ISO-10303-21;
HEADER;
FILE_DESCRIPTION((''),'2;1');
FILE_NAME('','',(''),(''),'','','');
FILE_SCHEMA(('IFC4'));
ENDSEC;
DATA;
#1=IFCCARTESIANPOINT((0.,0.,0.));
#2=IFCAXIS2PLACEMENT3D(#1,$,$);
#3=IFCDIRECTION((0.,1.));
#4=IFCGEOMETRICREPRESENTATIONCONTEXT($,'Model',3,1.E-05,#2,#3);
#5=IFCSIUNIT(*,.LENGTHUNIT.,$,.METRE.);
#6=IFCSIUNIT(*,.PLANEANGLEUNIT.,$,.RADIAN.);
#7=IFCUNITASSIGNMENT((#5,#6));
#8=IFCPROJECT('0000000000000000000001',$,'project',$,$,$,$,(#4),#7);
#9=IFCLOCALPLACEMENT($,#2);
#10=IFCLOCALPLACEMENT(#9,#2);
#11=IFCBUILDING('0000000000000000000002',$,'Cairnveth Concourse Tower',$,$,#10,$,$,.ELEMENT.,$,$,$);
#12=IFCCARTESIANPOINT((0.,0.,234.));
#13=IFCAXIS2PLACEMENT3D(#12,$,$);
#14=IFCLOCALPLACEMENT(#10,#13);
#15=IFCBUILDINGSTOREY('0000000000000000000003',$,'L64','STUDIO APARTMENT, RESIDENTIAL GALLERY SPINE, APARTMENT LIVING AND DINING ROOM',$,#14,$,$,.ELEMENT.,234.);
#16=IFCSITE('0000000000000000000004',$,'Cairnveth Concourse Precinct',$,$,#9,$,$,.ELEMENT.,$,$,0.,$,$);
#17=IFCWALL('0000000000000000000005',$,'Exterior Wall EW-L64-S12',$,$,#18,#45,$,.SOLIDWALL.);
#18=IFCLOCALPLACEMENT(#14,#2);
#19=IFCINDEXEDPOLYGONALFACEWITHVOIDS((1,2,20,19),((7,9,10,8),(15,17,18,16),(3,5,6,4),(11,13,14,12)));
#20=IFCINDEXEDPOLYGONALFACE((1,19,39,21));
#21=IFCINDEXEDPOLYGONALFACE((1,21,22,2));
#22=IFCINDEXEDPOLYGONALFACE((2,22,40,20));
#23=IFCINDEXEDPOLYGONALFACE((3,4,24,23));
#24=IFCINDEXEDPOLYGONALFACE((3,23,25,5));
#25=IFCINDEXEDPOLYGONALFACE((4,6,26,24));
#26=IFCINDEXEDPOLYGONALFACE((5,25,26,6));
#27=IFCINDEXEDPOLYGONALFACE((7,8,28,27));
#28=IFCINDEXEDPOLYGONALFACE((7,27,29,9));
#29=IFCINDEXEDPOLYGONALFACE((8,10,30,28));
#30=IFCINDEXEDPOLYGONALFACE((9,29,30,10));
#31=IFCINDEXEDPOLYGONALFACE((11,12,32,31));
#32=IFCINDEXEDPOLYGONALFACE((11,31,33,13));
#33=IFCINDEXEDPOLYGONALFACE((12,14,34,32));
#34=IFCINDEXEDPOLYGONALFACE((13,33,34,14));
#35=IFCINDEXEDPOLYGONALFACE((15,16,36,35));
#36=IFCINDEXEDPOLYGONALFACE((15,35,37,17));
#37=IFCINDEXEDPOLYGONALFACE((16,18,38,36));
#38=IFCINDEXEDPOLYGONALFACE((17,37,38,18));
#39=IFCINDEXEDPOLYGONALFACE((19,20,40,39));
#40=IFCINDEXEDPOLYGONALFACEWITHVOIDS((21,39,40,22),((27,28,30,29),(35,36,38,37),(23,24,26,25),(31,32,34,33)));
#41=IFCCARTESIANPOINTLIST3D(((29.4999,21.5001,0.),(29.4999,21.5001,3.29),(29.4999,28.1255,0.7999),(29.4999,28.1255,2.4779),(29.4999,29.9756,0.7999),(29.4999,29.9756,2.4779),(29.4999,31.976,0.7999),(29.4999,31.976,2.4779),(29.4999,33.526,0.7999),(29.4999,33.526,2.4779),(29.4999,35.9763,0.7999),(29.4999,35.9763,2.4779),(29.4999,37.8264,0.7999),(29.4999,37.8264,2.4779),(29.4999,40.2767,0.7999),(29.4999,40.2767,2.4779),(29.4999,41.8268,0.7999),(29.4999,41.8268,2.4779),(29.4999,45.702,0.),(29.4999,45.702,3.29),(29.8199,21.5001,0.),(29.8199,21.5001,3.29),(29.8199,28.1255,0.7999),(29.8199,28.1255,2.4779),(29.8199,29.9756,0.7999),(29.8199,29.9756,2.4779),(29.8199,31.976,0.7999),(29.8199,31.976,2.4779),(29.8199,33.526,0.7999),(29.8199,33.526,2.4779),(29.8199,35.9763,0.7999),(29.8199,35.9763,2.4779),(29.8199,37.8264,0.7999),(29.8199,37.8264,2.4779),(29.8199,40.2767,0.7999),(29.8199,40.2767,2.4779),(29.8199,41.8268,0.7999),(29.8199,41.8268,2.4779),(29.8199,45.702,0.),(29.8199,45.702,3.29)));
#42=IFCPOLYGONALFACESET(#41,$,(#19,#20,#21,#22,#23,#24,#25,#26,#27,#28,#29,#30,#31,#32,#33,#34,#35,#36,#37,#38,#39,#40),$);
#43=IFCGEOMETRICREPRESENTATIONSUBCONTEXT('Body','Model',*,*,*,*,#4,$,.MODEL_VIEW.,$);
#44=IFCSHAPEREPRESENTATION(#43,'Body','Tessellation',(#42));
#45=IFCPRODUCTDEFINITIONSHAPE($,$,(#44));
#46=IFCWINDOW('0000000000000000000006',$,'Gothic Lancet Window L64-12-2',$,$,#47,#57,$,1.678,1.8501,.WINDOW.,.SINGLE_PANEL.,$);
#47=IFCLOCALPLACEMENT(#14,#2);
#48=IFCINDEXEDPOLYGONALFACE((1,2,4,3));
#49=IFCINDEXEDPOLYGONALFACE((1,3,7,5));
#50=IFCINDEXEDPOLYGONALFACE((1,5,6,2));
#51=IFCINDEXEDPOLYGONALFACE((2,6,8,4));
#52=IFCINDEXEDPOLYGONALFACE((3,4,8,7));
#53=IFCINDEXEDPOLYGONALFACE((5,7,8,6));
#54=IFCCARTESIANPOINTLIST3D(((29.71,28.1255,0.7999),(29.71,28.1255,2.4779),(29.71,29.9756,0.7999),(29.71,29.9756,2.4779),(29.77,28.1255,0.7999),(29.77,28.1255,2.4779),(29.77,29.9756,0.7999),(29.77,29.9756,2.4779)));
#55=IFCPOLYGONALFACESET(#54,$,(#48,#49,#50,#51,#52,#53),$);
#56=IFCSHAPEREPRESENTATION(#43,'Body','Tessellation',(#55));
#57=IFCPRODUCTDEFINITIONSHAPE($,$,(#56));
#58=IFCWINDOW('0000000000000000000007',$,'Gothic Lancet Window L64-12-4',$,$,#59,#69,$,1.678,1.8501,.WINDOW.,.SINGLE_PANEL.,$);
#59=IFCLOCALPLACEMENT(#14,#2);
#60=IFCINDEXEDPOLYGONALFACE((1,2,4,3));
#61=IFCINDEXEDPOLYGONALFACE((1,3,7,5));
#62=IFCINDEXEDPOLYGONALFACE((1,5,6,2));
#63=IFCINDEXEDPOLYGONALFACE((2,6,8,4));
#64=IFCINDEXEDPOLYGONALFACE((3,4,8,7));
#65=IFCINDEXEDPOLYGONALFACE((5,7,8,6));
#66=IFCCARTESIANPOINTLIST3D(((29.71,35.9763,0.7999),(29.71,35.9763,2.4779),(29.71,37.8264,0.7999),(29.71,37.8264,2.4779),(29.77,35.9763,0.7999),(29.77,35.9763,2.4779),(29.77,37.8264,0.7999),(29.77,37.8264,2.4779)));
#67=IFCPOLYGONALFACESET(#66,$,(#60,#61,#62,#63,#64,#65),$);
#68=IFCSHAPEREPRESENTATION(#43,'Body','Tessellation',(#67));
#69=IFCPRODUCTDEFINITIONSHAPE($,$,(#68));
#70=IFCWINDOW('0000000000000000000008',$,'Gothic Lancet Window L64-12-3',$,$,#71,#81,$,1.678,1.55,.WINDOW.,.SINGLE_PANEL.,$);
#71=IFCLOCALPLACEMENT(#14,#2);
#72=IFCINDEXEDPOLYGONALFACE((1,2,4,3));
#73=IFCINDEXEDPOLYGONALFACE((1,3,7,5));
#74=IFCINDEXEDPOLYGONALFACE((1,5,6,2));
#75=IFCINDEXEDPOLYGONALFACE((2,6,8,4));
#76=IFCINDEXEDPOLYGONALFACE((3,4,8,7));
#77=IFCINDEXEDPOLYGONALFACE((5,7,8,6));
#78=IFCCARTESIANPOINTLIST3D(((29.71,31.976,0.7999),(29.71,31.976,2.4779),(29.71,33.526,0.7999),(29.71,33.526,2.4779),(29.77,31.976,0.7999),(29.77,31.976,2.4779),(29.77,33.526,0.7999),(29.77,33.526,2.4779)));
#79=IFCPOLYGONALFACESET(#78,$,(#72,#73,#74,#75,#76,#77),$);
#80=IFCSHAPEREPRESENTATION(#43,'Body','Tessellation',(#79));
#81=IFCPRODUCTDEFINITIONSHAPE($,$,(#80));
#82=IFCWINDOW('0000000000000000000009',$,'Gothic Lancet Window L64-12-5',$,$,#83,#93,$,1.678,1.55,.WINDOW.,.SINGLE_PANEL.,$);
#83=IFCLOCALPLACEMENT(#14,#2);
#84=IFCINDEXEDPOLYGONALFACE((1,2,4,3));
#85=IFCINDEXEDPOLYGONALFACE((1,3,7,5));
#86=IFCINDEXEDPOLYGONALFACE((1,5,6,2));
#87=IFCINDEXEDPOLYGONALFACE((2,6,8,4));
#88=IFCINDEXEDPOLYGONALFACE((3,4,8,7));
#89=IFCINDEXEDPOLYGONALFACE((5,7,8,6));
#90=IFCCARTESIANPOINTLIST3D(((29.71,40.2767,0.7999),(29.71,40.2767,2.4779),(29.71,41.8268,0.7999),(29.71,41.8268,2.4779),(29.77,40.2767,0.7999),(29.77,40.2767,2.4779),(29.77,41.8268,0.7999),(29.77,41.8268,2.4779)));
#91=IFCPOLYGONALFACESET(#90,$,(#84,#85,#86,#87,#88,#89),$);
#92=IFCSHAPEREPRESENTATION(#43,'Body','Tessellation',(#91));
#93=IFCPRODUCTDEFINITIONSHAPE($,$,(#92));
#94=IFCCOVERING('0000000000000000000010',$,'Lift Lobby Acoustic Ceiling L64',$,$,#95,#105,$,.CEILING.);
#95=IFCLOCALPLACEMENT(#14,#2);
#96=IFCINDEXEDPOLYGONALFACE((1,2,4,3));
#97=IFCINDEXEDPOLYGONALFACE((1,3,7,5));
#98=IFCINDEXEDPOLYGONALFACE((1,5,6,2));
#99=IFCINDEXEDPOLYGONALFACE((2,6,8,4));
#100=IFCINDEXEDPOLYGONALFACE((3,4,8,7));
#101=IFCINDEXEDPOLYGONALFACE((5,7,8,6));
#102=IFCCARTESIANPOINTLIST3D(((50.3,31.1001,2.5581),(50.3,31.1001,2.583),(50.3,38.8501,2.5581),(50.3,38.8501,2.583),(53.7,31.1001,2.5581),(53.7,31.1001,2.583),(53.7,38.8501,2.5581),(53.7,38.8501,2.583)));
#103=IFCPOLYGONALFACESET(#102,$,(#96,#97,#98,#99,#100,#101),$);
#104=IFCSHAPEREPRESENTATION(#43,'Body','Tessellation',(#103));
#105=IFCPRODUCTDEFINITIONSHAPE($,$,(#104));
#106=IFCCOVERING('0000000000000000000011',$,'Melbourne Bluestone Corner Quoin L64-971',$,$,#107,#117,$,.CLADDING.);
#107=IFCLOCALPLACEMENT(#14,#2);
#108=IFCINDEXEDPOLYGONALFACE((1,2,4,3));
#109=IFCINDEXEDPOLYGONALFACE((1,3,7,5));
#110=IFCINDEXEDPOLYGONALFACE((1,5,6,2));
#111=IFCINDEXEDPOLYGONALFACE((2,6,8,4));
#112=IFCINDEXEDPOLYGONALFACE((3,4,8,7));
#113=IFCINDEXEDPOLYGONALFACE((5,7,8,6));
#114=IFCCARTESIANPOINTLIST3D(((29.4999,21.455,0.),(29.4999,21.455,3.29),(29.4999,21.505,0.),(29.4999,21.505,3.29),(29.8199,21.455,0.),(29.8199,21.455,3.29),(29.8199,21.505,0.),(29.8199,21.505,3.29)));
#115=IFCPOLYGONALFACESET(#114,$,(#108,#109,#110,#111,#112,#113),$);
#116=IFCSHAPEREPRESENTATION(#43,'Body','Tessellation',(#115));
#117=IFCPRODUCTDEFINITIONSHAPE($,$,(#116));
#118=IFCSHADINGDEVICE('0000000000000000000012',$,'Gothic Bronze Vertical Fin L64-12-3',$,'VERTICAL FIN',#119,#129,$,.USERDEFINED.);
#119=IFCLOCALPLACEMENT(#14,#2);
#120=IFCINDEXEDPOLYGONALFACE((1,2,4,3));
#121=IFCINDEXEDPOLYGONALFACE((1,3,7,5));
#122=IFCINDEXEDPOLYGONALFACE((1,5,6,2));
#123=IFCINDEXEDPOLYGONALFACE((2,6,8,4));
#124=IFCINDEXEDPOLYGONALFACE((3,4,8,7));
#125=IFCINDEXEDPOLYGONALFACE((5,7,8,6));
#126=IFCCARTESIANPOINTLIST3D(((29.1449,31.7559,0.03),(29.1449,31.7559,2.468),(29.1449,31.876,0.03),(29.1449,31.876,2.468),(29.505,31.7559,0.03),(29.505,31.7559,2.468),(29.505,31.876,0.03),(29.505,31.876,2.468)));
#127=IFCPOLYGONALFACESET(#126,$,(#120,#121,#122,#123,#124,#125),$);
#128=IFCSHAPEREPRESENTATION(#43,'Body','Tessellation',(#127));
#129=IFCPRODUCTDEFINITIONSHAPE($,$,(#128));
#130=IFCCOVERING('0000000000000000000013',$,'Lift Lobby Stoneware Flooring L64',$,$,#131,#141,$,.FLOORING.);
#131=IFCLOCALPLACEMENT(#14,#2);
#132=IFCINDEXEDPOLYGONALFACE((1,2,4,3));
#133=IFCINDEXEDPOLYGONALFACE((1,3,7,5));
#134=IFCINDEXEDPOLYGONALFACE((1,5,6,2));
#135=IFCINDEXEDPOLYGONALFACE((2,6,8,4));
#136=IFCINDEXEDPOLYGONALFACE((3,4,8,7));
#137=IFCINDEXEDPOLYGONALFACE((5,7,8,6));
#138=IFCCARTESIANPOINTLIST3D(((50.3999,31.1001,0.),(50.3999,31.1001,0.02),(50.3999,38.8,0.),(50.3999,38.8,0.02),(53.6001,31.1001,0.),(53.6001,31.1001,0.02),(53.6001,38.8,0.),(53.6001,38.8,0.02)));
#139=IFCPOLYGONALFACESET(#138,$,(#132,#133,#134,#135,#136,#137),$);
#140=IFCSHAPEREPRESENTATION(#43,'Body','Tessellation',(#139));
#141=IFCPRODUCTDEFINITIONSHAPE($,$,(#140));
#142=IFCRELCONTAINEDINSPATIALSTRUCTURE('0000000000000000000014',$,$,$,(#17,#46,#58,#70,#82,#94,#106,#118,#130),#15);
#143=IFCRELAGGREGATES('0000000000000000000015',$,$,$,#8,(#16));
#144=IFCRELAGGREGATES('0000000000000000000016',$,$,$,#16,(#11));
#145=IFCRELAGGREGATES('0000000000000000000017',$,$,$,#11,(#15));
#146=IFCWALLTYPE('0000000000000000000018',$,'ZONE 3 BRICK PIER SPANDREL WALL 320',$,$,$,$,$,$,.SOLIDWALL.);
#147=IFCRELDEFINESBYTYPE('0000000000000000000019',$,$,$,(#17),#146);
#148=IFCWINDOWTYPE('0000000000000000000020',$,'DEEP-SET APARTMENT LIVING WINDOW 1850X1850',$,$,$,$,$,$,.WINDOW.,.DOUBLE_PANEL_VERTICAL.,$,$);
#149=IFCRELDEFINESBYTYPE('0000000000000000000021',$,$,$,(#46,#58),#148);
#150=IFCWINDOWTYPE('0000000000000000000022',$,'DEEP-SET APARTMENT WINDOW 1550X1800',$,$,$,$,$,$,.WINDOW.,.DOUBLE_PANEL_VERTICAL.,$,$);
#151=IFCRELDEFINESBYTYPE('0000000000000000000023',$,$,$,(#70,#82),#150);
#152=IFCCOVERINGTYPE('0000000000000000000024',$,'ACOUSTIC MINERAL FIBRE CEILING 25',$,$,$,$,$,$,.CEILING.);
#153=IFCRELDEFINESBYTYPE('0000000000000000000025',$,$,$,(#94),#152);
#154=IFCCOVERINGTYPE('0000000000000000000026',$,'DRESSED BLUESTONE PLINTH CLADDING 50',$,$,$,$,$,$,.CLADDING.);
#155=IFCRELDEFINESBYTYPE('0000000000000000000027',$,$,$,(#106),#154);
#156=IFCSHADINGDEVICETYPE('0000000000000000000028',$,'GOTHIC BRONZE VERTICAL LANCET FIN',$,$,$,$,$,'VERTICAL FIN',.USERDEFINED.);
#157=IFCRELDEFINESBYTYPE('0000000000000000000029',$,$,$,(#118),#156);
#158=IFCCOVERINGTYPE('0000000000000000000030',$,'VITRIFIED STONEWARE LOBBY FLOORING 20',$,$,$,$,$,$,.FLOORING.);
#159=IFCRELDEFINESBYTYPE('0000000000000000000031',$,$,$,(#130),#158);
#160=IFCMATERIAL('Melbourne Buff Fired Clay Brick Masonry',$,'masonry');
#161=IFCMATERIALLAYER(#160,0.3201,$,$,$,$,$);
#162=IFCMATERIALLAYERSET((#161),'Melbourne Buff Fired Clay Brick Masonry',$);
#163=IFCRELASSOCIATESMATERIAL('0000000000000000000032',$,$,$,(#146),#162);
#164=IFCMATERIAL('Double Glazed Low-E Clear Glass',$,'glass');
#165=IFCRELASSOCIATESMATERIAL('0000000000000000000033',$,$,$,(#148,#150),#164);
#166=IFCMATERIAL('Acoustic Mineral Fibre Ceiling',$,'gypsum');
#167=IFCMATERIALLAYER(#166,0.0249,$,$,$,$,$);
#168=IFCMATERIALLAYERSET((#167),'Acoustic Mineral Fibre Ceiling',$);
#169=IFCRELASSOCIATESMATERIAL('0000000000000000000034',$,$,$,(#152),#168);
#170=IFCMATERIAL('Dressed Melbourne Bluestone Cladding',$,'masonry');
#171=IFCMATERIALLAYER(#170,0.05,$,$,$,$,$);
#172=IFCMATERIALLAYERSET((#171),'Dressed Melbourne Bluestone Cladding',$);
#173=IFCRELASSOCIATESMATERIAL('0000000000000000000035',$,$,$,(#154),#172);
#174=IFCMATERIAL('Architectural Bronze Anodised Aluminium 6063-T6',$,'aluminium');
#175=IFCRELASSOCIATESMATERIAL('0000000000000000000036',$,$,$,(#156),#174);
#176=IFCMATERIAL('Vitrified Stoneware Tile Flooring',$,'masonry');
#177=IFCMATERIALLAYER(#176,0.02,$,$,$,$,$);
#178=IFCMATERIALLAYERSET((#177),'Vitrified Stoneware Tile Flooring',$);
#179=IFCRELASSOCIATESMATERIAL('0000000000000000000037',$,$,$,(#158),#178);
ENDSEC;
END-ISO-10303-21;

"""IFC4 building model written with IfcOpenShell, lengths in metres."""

from ifc_helpers import new_model, si_unit, direction, frame, frame_2d, origin, origin_2d, place, context, subcontext, project, spatial, polyline, rectangle, outline, extrude, material, layer, layer_set, type_object, element, fill, save


model = new_model("IFC4")

# Units and contexts
model_context = context("Model", 3, precision=1e-05, world=origin(), true_north=direction((0.0, 1.0)))
body_context = subcontext(model_context, "Body", "Model", "MODEL_VIEW")
ifc_project = project(units=[si_unit("LENGTHUNIT", "METRE"), si_unit("PLANEANGLEUNIT", "RADIAN")], contexts=[model_context])

# Site, building, storey
site_placement = place(None, origin())
site = spatial("IfcSite", under=ifc_project, at=site_placement, Name="Cairnveth Concourse Precinct", CompositionType="ELEMENT", RefElevation=0.0)
building_placement = place(site_placement, origin())
building = spatial("IfcBuilding", under=site, at=building_placement, Name="Cairnveth Concourse Tower", CompositionType="ELEMENT")
storey_placement = place(building_placement, frame((0.0, 0.0, 234.0)))
storey = spatial("IfcBuildingStorey", under=building, at=storey_placement, Name="L64", Description="STUDIO APARTMENT, RESIDENTIAL GALLERY SPINE, APARTMENT LIVING AND DINING ROOM", CompositionType="ELEMENT", Elevation=234.0)

# Wall, openings, windows
ifc_material_1 = material(Name="Melbourne Buff Fired Clay Brick Masonry", Category="masonry")
ifc_layer_1 = layer(ifc_material_1, 0.3201)
ifc_layer_set_1 = layer_set([ifc_layer_1], Name="Melbourne Buff Fired Clay Brick Masonry")
wall_type_1 = type_object("IfcWallType", Name="ZONE 3 BRICK PIER SPANDREL WALL 320", PredefinedType="SOLIDWALL", material=ifc_layer_set_1)
wall_1_placement = place(storey_placement, frame((29.6599, 21.5, 0.0), z_axis=(0.0, 0.0, 1.0), x_axis=(0.0, 1.0, 0.0)))
wall_1 = element("IfcWall", 1, at=wall_1_placement, inside=storey, type_object=wall_type_1, Name="Exterior Wall EW-L64-S12", PredefinedType="SOLIDWALL", context=body_context, shape_type="SweptSolid", body=[
    extrude(rectangle(XDim=24.2019, YDim=0.3201, at=frame_2d((12.1011, 0.0))), origin(), (0.0, 0.0, 1.0), 3.29),
])
opening_1_placement = place(wall_1_placement, frame((6.6255, 0.0, 0.8)))
opening_1 = element("IfcOpeningElement", 2, at=opening_1_placement, cuts=wall_1, PredefinedType="OPENING", context=body_context, shape_type="SweptSolid", body=[
    extrude(rectangle(XDim=1.8501, YDim=1.678, at=frame_2d((0.925, 0.8389))), frame((0.0, 0.1699, 0.0), z_axis=(0.0, -1.0, 0.0), x_axis=(1.0, 0.0, 0.0)), (0.0, 0.0, 1.0), 0.3401),
])
opening_2_placement = place(wall_1_placement, frame((10.4761, 0.0, 0.8)))
opening_2 = element("IfcOpeningElement", 3, at=opening_2_placement, cuts=wall_1, PredefinedType="OPENING", context=body_context, shape_type="SweptSolid", body=[
    extrude(rectangle(XDim=1.55, YDim=1.678, at=frame_2d((0.7749, 0.8389))), frame((0.0, 0.1699, 0.0), z_axis=(0.0, -1.0, 0.0), x_axis=(1.0, 0.0, 0.0)), (0.0, 0.0, 1.0), 0.3401),
])
opening_3_placement = place(wall_1_placement, frame((14.4763, 0.0, 0.8)))
opening_3 = element("IfcOpeningElement", 4, at=opening_3_placement, cuts=wall_1, PredefinedType="OPENING", context=body_context, shape_type="SweptSolid", body=[
    extrude(rectangle(XDim=1.8501, YDim=1.678, at=frame_2d((0.925, 0.8389))), frame((0.0, 0.1699, 0.0), z_axis=(0.0, -1.0, 0.0), x_axis=(1.0, 0.0, 0.0)), (0.0, 0.0, 1.0), 0.3401),
])
opening_4_placement = place(wall_1_placement, frame((18.7769, 0.0, 0.8)))
opening_4 = element("IfcOpeningElement", 5, at=opening_4_placement, cuts=wall_1, PredefinedType="OPENING", context=body_context, shape_type="SweptSolid", body=[
    extrude(rectangle(XDim=1.55, YDim=1.678, at=frame_2d((0.7749, 0.8389))), frame((0.0, 0.1699, 0.0), z_axis=(0.0, -1.0, 0.0), x_axis=(1.0, 0.0, 0.0)), (0.0, 0.0, 1.0), 0.3401),
])
ifc_material_2 = material(Name="Double Glazed Low-E Clear Glass", Category="glass")
window_type_1 = type_object("IfcWindowType", Name="DEEP-SET APARTMENT LIVING WINDOW 1850X1850", PartitioningType="DOUBLE_PANEL_VERTICAL", PredefinedType="WINDOW", material=ifc_material_2)
window_1_placement = place(opening_1_placement, origin())
window_1 = element("IfcWindow", 6, at=window_1_placement, inside=storey, type_object=window_type_1, Name="Gothic Lancet Window L64-12-2", OverallHeight=1.678, OverallWidth=1.8501, PartitioningType="SINGLE_PANEL", PredefinedType="WINDOW", context=body_context, shape_type="SweptSolid", body=[
    extrude(rectangle(XDim=1.8501, YDim=1.678, at=frame_2d((0.925, 0.8389))), frame((0.0, -0.05, 0.0), z_axis=(0.0, -1.0, 0.0), x_axis=(1.0, 0.0, 0.0)), (0.0, 0.0, 1.0), 0.0601),
])
fill(opening_1, window_1)
window_2_placement = place(opening_3_placement, origin())
window_2 = element("IfcWindow", 7, at=window_2_placement, inside=storey, type_object=window_type_1, Name="Gothic Lancet Window L64-12-4", OverallHeight=1.678, OverallWidth=1.8501, PartitioningType="SINGLE_PANEL", PredefinedType="WINDOW", context=body_context, shape_type="SweptSolid", body=[
    extrude(rectangle(XDim=1.8501, YDim=1.678, at=frame_2d((0.925, 0.8389))), frame((0.0, -0.05, 0.0), z_axis=(0.0, -1.0, 0.0), x_axis=(1.0, 0.0, 0.0)), (0.0, 0.0, 1.0), 0.0601),
])
fill(opening_3, window_2)
window_type_2 = type_object("IfcWindowType", Name="DEEP-SET APARTMENT WINDOW 1550X1800", PartitioningType="DOUBLE_PANEL_VERTICAL", PredefinedType="WINDOW", material=ifc_material_2)
window_3_placement = place(opening_2_placement, origin())
window_3 = element("IfcWindow", 8, at=window_3_placement, inside=storey, type_object=window_type_2, Name="Gothic Lancet Window L64-12-3", OverallHeight=1.678, OverallWidth=1.55, PartitioningType="SINGLE_PANEL", PredefinedType="WINDOW", context=body_context, shape_type="SweptSolid", body=[
    extrude(rectangle(XDim=1.55, YDim=1.678, at=frame_2d((0.7749, 0.8389))), frame((0.0, -0.05, 0.0), z_axis=(0.0, -1.0, 0.0), x_axis=(1.0, 0.0, 0.0)), (0.0, 0.0, 1.0), 0.0601),
])
fill(opening_2, window_3)
window_4_placement = place(opening_4_placement, origin())
window_4 = element("IfcWindow", 9, at=window_4_placement, inside=storey, type_object=window_type_2, Name="Gothic Lancet Window L64-12-5", OverallHeight=1.678, OverallWidth=1.55, PartitioningType="SINGLE_PANEL", PredefinedType="WINDOW", context=body_context, shape_type="SweptSolid", body=[
    extrude(rectangle(XDim=1.55, YDim=1.678, at=frame_2d((0.7749, 0.8389))), frame((0.0, -0.05, 0.0), z_axis=(0.0, -1.0, 0.0), x_axis=(1.0, 0.0, 0.0)), (0.0, 0.0, 1.0), 0.0601),
])
fill(opening_4, window_4)

# Coverings
ifc_material_3 = material(Name="Acoustic Mineral Fibre Ceiling", Category="gypsum")
ifc_layer_2 = layer(ifc_material_3, 0.0249)
ifc_layer_set_2 = layer_set([ifc_layer_2], Name="Acoustic Mineral Fibre Ceiling")
covering_type_1 = type_object("IfcCoveringType", Name="ACOUSTIC MINERAL FIBRE CEILING 25", PredefinedType="CEILING", material=ifc_layer_set_2)
covering_1_placement = place(storey_placement, frame((0.0, 0.0, 2.5581)))
element("IfcCovering", 10, at=covering_1_placement, inside=storey, type_object=covering_type_1, Name="Lift Lobby Acoustic Ceiling L64", PredefinedType="CEILING", context=body_context, shape_type="SweptSolid", body=[
    extrude(outline(polyline([(50.3, 31.1001), (53.7, 31.1001), (53.7, 38.8501), (50.3, 38.8501), (50.3, 31.1001)])), origin(), (0.0, 0.0, 1.0), 0.0249),
])
ifc_material_4 = material(Name="Dressed Melbourne Bluestone Cladding", Category="masonry")
ifc_layer_3 = layer(ifc_material_4, 0.05)
ifc_layer_set_3 = layer_set([ifc_layer_3], Name="Dressed Melbourne Bluestone Cladding")
covering_type_2 = type_object("IfcCoveringType", Name="DRESSED BLUESTONE PLINTH CLADDING 50", PredefinedType="CLADDING", material=ifc_layer_set_3)
covering_2_placement = place(storey_placement, frame((29.8201, 21.48, 0.0), z_axis=(0.0, 0.0, 1.0), x_axis=(-1.0, 0.0, 0.0)))
element("IfcCovering", 11, at=covering_2_placement, inside=storey, type_object=covering_type_2, Name="Melbourne Bluestone Corner Quoin L64-971", PredefinedType="CLADDING", context=body_context, shape_type="SweptSolid", body=[
    extrude(rectangle(XDim=0.3201, YDim=0.05, at=frame_2d((0.1602, 0.0))), origin(), (0.0, 0.0, 1.0), 3.29),
])

# Shading device
ifc_material_5 = material(Name="Architectural Bronze Anodised Aluminium 6063-T6", Category="aluminium")
shading_device_type = type_object("IfcShadingDeviceType", Name="GOTHIC BRONZE VERTICAL LANCET FIN", ElementType="VERTICAL FIN", PredefinedType="USERDEFINED", material=ifc_material_5)
shading_device_placement = place(storey_placement, frame((29.325, 31.8159, 0.03), z_axis=(0.0, 0.0, 1.0), x_axis=(0.0, 1.0, 0.0)))
element("IfcShadingDevice", 12, at=shading_device_placement, inside=storey, type_object=shading_device_type, Name="Gothic Bronze Vertical Fin L64-12-3", ObjectType="VERTICAL FIN", PredefinedType="USERDEFINED", context=body_context, shape_type="SweptSolid", body=[
    extrude(rectangle(XDim=0.1201, YDim=0.3601, at=origin_2d()), origin(), (0.0, 0.0, 1.0), 2.438),
])

# Covering
ifc_material_6 = material(Name="Vitrified Stoneware Tile Flooring", Category="masonry")
ifc_layer_4 = layer(ifc_material_6, 0.02)
ifc_layer_set_4 = layer_set([ifc_layer_4], Name="Vitrified Stoneware Tile Flooring")
covering_type_3 = type_object("IfcCoveringType", Name="VITRIFIED STONEWARE LOBBY FLOORING 20", PredefinedType="FLOORING", material=ifc_layer_set_4)
covering_3_placement = place(storey_placement, origin())
element("IfcCovering", 13, at=covering_3_placement, inside=storey, type_object=covering_type_3, Name="Lift Lobby Stoneware Flooring L64", PredefinedType="FLOORING", context=body_context, shape_type="SweptSolid", body=[
    extrude(outline(polyline([(50.3999, 31.1001), (53.6001, 31.1001), (53.6001, 38.8), (50.3999, 38.8), (50.3999, 31.1001)])), origin(), (0.0, 0.0, 1.0), 0.02),
])

save(model, "model.ifc")
